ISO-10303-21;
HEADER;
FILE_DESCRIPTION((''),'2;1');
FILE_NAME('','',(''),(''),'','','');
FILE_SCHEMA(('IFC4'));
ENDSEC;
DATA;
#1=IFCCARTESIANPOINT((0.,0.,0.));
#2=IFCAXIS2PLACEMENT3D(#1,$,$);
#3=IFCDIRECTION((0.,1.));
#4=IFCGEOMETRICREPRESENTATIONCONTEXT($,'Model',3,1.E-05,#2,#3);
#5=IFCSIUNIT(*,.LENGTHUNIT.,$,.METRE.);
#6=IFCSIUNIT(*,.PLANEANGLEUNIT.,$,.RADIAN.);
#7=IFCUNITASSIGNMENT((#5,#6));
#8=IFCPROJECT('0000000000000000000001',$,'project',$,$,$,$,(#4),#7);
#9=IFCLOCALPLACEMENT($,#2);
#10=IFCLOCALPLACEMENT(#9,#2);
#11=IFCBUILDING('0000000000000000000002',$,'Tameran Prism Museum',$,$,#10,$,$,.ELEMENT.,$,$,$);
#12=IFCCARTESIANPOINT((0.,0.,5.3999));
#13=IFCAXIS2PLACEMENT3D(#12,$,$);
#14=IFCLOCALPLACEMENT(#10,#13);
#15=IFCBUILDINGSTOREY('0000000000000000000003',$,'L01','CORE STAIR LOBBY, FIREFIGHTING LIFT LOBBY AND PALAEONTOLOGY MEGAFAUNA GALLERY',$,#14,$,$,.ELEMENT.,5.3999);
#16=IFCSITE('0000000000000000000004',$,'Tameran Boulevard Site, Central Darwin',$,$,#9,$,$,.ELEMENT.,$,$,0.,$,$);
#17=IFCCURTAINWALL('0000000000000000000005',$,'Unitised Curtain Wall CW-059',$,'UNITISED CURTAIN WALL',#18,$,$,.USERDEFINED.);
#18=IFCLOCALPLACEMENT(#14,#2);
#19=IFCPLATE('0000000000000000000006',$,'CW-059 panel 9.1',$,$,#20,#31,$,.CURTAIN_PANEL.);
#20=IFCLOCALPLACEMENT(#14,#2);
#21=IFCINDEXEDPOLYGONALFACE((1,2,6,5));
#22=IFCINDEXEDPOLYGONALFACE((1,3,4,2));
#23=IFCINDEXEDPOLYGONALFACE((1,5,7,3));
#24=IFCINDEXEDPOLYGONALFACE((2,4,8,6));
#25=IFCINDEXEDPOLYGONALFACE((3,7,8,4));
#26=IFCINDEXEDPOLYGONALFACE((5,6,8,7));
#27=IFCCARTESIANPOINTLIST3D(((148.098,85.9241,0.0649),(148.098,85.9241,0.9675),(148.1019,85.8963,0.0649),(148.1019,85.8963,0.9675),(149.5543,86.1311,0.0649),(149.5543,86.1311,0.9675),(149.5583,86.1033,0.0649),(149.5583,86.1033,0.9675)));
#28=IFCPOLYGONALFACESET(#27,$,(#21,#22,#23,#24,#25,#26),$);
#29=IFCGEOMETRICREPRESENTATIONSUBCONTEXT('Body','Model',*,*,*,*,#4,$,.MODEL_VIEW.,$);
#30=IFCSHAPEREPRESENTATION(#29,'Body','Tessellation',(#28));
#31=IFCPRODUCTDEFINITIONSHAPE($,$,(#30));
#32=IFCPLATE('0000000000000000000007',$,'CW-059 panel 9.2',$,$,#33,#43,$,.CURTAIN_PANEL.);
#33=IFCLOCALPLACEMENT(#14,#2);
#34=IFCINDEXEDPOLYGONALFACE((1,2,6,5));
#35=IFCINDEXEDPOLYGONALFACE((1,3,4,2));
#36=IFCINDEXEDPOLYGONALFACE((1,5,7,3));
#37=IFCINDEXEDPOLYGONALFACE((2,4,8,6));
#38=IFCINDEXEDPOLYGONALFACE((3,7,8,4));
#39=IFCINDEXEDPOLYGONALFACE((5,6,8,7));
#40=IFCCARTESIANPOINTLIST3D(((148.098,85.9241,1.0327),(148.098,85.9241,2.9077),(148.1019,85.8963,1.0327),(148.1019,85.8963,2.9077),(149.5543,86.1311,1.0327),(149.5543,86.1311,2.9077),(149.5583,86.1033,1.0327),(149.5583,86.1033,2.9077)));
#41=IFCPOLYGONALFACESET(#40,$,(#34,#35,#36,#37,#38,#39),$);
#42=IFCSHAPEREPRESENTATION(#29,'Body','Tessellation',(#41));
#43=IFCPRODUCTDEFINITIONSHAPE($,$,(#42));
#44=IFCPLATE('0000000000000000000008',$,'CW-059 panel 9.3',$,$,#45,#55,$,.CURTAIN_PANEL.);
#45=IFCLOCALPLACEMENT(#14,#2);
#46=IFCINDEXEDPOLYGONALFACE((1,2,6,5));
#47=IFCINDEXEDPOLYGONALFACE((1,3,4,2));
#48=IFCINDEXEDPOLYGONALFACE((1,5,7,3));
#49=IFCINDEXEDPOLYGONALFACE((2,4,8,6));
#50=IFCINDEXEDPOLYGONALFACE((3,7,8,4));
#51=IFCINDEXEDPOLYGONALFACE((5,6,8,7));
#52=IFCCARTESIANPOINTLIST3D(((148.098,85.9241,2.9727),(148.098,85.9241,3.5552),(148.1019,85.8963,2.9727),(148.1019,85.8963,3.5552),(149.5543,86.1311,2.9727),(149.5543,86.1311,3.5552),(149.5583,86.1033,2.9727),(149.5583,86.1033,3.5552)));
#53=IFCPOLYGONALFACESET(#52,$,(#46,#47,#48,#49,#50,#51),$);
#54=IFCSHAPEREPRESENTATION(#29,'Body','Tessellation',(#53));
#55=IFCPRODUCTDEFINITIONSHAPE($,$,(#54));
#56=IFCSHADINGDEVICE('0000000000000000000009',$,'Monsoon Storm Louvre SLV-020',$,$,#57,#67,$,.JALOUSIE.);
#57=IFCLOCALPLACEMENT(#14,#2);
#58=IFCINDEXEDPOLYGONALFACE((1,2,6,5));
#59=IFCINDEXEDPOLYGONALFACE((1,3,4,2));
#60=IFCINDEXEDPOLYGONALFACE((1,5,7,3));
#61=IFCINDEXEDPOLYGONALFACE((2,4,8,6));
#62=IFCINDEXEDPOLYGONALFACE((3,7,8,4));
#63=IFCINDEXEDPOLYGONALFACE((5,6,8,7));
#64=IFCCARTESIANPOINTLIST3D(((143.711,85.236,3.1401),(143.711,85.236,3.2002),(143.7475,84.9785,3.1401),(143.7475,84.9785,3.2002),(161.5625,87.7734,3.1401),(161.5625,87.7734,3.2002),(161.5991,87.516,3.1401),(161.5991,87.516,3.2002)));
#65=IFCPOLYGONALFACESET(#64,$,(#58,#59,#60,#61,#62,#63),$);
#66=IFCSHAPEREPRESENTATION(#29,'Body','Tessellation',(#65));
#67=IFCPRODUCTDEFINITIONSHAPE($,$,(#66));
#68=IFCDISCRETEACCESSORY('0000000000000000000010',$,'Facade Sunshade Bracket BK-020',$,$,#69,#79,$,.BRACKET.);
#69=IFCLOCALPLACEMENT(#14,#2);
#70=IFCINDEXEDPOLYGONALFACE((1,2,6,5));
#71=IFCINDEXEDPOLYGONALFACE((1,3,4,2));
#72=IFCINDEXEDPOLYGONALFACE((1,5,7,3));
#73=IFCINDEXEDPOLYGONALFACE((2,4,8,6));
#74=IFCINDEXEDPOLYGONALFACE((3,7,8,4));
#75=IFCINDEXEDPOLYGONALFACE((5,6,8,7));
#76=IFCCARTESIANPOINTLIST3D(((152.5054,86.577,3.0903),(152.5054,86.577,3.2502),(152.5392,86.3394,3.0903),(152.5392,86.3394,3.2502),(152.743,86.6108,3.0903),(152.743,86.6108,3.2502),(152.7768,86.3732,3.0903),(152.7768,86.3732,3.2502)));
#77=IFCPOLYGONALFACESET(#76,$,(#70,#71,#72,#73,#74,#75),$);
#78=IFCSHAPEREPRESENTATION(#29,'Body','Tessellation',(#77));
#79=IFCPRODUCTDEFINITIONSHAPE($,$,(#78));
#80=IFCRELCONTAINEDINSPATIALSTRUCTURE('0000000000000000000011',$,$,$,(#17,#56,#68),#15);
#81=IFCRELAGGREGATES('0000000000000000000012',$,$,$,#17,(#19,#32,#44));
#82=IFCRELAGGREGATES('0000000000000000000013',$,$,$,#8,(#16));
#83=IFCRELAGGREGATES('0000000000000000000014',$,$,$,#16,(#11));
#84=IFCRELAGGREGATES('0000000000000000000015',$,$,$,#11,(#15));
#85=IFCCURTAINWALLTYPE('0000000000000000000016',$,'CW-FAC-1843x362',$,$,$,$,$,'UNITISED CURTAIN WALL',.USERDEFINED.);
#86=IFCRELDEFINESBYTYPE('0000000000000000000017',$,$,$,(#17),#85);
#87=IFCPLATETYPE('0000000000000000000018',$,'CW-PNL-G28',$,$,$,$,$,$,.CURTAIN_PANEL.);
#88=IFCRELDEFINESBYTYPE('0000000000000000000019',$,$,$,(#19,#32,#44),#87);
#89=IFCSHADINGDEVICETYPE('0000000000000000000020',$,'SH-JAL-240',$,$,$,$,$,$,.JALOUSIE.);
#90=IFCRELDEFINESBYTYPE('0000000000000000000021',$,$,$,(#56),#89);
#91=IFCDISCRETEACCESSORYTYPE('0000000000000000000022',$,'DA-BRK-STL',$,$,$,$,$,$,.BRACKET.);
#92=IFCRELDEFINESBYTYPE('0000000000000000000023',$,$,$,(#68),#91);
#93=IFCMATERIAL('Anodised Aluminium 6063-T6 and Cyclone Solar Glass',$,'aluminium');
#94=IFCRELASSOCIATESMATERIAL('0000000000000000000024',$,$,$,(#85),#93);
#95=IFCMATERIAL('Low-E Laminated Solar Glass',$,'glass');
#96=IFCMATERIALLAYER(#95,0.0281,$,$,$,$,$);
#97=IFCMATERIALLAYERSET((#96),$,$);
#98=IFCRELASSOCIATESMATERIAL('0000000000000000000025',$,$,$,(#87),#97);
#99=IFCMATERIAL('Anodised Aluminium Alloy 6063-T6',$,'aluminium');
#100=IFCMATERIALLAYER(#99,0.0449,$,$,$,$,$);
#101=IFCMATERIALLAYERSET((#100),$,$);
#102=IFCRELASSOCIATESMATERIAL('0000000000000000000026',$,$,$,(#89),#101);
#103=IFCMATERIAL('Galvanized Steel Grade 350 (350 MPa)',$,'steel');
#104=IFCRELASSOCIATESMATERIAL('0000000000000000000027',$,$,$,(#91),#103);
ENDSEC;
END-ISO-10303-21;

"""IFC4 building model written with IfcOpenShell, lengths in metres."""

from ifc_helpers import new_model, si_unit, direction, frame, origin, origin_2d, place, context, subcontext, project, spatial, rectangle, extrude, material, layer, layer_set, type_object, element, aggregate, save


model = new_model("IFC4")

# Units and contexts
model_context = context("Model", 3, precision=1e-05, world=origin(), true_north=direction((0.0, 1.0)))
body_context = subcontext(model_context, "Body", "Model", "MODEL_VIEW")
ifc_project = project(units=[si_unit("LENGTHUNIT", "METRE"), si_unit("PLANEANGLEUNIT", "RADIAN")], contexts=[model_context])

# Site, building, storey
site_placement = place(None, origin())
site = spatial("IfcSite", under=ifc_project, at=site_placement, Name="Tameran Boulevard Site, Central Darwin", CompositionType="ELEMENT", RefElevation=0.0)
building_placement = place(site_placement, origin())
building = spatial("IfcBuilding", under=site, at=building_placement, Name="Tameran Prism Museum", CompositionType="ELEMENT")
storey_placement = place(building_placement, frame((0.0, 0.0, 5.3999)))
storey = spatial("IfcBuildingStorey", under=building, at=storey_placement, Name="L01", Description="CORE STAIR LOBBY, FIREFIGHTING LIFT LOBBY AND PALAEONTOLOGY MEGAFAUNA GALLERY", CompositionType="ELEMENT", Elevation=5.3999)

# Curtain wall, plates
ifc_material_1 = material(Name="Anodised Aluminium 6063-T6 and Cyclone Solar Glass", Category="aluminium")
curtain_wall_type = type_object("IfcCurtainWallType", Name="CW-FAC-1843x362", ElementType="UNITISED CURTAIN WALL", PredefinedType="USERDEFINED", material=ifc_material_1)
curtain_wall_placement = place(storey_placement, origin())
curtain_wall = element("IfcCurtainWall", 1, at=curtain_wall_placement, inside=storey, type_object=curtain_wall_type, Name="Unitised Curtain Wall CW-059", ObjectType="UNITISED CURTAIN WALL", PredefinedType="USERDEFINED")
ifc_material_2 = material(Name="Low-E Laminated Solar Glass", Category="glass")
ifc_layer_1 = layer(ifc_material_2, 0.0281)
ifc_layer_set_1 = layer_set([ifc_layer_1])
plate_type = type_object("IfcPlateType", Name="CW-PNL-G28", PredefinedType="CURTAIN_PANEL", material=ifc_layer_set_1)
plate_1_placement = place(storey_placement, frame((148.8281, 86.0137, 0.0649), z_axis=(0.0, 0.0, 1.0), x_axis=(-0.990046, -0.140745, 0.0)))
plate_1 = element("IfcPlate", 2, at=plate_1_placement, type_object=plate_type, Name="CW-059 panel 9.1", PredefinedType="CURTAIN_PANEL", context=body_context, shape_type="SweptSolid", body=[
    extrude(rectangle(XDim=1.4709, YDim=0.0281, at=origin_2d()), origin(), (0.0, 0.0, 1.0), 0.9026),
])
plate_2_placement = place(storey_placement, frame((148.8281, 86.0137, 1.0327), z_axis=(0.0, 0.0, 1.0), x_axis=(-0.990046, -0.140745, 0.0)))
plate_2 = element("IfcPlate", 3, at=plate_2_placement, type_object=plate_type, Name="CW-059 panel 9.2", PredefinedType="CURTAIN_PANEL", context=body_context, shape_type="SweptSolid", body=[
    extrude(rectangle(XDim=1.4709, YDim=0.0281, at=origin_2d()), origin(), (0.0, 0.0, 1.0), 1.875),
])
plate_3_placement = place(storey_placement, frame((148.8281, 86.0137, 2.9727), z_axis=(0.0, 0.0, 1.0), x_axis=(-0.990046, -0.140745, 0.0)))
plate_3 = element("IfcPlate", 4, at=plate_3_placement, type_object=plate_type, Name="CW-059 panel 9.3", PredefinedType="CURTAIN_PANEL", context=body_context, shape_type="SweptSolid", body=[
    extrude(rectangle(XDim=1.4709, YDim=0.0281, at=origin_2d()), origin(), (0.0, 0.0, 1.0), 0.5825),
])
aggregate(curtain_wall, [plate_1, plate_2, plate_3])

# Shading device
ifc_material_3 = material(Name="Anodised Aluminium Alloy 6063-T6", Category="aluminium")
ifc_layer_2 = layer(ifc_material_3, 0.0449)
ifc_layer_set_2 = layer_set([ifc_layer_2])
shading_device_type = type_object("IfcShadingDeviceType", Name="SH-JAL-240", PredefinedType="JALOUSIE", material=ifc_layer_set_2)
shading_device_placement = place(storey_placement, frame((152.655, 86.376, 3.1401), z_axis=(0.0, 0.0, 1.0), x_axis=(-0.990048, -0.140728, 0.0)))
element("IfcShadingDevice", 5, at=shading_device_placement, inside=storey, type_object=shading_device_type, Name="Monsoon Storm Louvre SLV-020", PredefinedType="JALOUSIE", context=body_context, shape_type="SweptSolid", body=[
    extrude(rectangle(XDim=18.031, YDim=0.26, at=origin_2d()), origin(), (0.0, 0.0, 1.0), 0.0601),
])

# Discrete accessory
ifc_material_4 = material(Name="Galvanized Steel Grade 350 (350 MPa)", Category="steel")
discrete_accessory_type = type_object("IfcDiscreteAccessoryType", Name="DA-BRK-STL", PredefinedType="BRACKET", material=ifc_material_4)
discrete_accessory_placement = place(storey_placement, frame((152.6411, 86.4751, 3.0903), z_axis=(0.0, 0.0, 1.0), x_axis=(-0.990048, -0.140728, 0.0)))
element("IfcDiscreteAccessory", 6, at=discrete_accessory_placement, inside=storey, type_object=discrete_accessory_type, Name="Facade Sunshade Bracket BK-020", PredefinedType="BRACKET", context=body_context, shape_type="SweptSolid", body=[
    extrude(rectangle(XDim=0.24, YDim=0.24, at=origin_2d()), origin(), (0.0, 0.0, 1.0), 0.1599),
])

save(model, "model.ifc")
